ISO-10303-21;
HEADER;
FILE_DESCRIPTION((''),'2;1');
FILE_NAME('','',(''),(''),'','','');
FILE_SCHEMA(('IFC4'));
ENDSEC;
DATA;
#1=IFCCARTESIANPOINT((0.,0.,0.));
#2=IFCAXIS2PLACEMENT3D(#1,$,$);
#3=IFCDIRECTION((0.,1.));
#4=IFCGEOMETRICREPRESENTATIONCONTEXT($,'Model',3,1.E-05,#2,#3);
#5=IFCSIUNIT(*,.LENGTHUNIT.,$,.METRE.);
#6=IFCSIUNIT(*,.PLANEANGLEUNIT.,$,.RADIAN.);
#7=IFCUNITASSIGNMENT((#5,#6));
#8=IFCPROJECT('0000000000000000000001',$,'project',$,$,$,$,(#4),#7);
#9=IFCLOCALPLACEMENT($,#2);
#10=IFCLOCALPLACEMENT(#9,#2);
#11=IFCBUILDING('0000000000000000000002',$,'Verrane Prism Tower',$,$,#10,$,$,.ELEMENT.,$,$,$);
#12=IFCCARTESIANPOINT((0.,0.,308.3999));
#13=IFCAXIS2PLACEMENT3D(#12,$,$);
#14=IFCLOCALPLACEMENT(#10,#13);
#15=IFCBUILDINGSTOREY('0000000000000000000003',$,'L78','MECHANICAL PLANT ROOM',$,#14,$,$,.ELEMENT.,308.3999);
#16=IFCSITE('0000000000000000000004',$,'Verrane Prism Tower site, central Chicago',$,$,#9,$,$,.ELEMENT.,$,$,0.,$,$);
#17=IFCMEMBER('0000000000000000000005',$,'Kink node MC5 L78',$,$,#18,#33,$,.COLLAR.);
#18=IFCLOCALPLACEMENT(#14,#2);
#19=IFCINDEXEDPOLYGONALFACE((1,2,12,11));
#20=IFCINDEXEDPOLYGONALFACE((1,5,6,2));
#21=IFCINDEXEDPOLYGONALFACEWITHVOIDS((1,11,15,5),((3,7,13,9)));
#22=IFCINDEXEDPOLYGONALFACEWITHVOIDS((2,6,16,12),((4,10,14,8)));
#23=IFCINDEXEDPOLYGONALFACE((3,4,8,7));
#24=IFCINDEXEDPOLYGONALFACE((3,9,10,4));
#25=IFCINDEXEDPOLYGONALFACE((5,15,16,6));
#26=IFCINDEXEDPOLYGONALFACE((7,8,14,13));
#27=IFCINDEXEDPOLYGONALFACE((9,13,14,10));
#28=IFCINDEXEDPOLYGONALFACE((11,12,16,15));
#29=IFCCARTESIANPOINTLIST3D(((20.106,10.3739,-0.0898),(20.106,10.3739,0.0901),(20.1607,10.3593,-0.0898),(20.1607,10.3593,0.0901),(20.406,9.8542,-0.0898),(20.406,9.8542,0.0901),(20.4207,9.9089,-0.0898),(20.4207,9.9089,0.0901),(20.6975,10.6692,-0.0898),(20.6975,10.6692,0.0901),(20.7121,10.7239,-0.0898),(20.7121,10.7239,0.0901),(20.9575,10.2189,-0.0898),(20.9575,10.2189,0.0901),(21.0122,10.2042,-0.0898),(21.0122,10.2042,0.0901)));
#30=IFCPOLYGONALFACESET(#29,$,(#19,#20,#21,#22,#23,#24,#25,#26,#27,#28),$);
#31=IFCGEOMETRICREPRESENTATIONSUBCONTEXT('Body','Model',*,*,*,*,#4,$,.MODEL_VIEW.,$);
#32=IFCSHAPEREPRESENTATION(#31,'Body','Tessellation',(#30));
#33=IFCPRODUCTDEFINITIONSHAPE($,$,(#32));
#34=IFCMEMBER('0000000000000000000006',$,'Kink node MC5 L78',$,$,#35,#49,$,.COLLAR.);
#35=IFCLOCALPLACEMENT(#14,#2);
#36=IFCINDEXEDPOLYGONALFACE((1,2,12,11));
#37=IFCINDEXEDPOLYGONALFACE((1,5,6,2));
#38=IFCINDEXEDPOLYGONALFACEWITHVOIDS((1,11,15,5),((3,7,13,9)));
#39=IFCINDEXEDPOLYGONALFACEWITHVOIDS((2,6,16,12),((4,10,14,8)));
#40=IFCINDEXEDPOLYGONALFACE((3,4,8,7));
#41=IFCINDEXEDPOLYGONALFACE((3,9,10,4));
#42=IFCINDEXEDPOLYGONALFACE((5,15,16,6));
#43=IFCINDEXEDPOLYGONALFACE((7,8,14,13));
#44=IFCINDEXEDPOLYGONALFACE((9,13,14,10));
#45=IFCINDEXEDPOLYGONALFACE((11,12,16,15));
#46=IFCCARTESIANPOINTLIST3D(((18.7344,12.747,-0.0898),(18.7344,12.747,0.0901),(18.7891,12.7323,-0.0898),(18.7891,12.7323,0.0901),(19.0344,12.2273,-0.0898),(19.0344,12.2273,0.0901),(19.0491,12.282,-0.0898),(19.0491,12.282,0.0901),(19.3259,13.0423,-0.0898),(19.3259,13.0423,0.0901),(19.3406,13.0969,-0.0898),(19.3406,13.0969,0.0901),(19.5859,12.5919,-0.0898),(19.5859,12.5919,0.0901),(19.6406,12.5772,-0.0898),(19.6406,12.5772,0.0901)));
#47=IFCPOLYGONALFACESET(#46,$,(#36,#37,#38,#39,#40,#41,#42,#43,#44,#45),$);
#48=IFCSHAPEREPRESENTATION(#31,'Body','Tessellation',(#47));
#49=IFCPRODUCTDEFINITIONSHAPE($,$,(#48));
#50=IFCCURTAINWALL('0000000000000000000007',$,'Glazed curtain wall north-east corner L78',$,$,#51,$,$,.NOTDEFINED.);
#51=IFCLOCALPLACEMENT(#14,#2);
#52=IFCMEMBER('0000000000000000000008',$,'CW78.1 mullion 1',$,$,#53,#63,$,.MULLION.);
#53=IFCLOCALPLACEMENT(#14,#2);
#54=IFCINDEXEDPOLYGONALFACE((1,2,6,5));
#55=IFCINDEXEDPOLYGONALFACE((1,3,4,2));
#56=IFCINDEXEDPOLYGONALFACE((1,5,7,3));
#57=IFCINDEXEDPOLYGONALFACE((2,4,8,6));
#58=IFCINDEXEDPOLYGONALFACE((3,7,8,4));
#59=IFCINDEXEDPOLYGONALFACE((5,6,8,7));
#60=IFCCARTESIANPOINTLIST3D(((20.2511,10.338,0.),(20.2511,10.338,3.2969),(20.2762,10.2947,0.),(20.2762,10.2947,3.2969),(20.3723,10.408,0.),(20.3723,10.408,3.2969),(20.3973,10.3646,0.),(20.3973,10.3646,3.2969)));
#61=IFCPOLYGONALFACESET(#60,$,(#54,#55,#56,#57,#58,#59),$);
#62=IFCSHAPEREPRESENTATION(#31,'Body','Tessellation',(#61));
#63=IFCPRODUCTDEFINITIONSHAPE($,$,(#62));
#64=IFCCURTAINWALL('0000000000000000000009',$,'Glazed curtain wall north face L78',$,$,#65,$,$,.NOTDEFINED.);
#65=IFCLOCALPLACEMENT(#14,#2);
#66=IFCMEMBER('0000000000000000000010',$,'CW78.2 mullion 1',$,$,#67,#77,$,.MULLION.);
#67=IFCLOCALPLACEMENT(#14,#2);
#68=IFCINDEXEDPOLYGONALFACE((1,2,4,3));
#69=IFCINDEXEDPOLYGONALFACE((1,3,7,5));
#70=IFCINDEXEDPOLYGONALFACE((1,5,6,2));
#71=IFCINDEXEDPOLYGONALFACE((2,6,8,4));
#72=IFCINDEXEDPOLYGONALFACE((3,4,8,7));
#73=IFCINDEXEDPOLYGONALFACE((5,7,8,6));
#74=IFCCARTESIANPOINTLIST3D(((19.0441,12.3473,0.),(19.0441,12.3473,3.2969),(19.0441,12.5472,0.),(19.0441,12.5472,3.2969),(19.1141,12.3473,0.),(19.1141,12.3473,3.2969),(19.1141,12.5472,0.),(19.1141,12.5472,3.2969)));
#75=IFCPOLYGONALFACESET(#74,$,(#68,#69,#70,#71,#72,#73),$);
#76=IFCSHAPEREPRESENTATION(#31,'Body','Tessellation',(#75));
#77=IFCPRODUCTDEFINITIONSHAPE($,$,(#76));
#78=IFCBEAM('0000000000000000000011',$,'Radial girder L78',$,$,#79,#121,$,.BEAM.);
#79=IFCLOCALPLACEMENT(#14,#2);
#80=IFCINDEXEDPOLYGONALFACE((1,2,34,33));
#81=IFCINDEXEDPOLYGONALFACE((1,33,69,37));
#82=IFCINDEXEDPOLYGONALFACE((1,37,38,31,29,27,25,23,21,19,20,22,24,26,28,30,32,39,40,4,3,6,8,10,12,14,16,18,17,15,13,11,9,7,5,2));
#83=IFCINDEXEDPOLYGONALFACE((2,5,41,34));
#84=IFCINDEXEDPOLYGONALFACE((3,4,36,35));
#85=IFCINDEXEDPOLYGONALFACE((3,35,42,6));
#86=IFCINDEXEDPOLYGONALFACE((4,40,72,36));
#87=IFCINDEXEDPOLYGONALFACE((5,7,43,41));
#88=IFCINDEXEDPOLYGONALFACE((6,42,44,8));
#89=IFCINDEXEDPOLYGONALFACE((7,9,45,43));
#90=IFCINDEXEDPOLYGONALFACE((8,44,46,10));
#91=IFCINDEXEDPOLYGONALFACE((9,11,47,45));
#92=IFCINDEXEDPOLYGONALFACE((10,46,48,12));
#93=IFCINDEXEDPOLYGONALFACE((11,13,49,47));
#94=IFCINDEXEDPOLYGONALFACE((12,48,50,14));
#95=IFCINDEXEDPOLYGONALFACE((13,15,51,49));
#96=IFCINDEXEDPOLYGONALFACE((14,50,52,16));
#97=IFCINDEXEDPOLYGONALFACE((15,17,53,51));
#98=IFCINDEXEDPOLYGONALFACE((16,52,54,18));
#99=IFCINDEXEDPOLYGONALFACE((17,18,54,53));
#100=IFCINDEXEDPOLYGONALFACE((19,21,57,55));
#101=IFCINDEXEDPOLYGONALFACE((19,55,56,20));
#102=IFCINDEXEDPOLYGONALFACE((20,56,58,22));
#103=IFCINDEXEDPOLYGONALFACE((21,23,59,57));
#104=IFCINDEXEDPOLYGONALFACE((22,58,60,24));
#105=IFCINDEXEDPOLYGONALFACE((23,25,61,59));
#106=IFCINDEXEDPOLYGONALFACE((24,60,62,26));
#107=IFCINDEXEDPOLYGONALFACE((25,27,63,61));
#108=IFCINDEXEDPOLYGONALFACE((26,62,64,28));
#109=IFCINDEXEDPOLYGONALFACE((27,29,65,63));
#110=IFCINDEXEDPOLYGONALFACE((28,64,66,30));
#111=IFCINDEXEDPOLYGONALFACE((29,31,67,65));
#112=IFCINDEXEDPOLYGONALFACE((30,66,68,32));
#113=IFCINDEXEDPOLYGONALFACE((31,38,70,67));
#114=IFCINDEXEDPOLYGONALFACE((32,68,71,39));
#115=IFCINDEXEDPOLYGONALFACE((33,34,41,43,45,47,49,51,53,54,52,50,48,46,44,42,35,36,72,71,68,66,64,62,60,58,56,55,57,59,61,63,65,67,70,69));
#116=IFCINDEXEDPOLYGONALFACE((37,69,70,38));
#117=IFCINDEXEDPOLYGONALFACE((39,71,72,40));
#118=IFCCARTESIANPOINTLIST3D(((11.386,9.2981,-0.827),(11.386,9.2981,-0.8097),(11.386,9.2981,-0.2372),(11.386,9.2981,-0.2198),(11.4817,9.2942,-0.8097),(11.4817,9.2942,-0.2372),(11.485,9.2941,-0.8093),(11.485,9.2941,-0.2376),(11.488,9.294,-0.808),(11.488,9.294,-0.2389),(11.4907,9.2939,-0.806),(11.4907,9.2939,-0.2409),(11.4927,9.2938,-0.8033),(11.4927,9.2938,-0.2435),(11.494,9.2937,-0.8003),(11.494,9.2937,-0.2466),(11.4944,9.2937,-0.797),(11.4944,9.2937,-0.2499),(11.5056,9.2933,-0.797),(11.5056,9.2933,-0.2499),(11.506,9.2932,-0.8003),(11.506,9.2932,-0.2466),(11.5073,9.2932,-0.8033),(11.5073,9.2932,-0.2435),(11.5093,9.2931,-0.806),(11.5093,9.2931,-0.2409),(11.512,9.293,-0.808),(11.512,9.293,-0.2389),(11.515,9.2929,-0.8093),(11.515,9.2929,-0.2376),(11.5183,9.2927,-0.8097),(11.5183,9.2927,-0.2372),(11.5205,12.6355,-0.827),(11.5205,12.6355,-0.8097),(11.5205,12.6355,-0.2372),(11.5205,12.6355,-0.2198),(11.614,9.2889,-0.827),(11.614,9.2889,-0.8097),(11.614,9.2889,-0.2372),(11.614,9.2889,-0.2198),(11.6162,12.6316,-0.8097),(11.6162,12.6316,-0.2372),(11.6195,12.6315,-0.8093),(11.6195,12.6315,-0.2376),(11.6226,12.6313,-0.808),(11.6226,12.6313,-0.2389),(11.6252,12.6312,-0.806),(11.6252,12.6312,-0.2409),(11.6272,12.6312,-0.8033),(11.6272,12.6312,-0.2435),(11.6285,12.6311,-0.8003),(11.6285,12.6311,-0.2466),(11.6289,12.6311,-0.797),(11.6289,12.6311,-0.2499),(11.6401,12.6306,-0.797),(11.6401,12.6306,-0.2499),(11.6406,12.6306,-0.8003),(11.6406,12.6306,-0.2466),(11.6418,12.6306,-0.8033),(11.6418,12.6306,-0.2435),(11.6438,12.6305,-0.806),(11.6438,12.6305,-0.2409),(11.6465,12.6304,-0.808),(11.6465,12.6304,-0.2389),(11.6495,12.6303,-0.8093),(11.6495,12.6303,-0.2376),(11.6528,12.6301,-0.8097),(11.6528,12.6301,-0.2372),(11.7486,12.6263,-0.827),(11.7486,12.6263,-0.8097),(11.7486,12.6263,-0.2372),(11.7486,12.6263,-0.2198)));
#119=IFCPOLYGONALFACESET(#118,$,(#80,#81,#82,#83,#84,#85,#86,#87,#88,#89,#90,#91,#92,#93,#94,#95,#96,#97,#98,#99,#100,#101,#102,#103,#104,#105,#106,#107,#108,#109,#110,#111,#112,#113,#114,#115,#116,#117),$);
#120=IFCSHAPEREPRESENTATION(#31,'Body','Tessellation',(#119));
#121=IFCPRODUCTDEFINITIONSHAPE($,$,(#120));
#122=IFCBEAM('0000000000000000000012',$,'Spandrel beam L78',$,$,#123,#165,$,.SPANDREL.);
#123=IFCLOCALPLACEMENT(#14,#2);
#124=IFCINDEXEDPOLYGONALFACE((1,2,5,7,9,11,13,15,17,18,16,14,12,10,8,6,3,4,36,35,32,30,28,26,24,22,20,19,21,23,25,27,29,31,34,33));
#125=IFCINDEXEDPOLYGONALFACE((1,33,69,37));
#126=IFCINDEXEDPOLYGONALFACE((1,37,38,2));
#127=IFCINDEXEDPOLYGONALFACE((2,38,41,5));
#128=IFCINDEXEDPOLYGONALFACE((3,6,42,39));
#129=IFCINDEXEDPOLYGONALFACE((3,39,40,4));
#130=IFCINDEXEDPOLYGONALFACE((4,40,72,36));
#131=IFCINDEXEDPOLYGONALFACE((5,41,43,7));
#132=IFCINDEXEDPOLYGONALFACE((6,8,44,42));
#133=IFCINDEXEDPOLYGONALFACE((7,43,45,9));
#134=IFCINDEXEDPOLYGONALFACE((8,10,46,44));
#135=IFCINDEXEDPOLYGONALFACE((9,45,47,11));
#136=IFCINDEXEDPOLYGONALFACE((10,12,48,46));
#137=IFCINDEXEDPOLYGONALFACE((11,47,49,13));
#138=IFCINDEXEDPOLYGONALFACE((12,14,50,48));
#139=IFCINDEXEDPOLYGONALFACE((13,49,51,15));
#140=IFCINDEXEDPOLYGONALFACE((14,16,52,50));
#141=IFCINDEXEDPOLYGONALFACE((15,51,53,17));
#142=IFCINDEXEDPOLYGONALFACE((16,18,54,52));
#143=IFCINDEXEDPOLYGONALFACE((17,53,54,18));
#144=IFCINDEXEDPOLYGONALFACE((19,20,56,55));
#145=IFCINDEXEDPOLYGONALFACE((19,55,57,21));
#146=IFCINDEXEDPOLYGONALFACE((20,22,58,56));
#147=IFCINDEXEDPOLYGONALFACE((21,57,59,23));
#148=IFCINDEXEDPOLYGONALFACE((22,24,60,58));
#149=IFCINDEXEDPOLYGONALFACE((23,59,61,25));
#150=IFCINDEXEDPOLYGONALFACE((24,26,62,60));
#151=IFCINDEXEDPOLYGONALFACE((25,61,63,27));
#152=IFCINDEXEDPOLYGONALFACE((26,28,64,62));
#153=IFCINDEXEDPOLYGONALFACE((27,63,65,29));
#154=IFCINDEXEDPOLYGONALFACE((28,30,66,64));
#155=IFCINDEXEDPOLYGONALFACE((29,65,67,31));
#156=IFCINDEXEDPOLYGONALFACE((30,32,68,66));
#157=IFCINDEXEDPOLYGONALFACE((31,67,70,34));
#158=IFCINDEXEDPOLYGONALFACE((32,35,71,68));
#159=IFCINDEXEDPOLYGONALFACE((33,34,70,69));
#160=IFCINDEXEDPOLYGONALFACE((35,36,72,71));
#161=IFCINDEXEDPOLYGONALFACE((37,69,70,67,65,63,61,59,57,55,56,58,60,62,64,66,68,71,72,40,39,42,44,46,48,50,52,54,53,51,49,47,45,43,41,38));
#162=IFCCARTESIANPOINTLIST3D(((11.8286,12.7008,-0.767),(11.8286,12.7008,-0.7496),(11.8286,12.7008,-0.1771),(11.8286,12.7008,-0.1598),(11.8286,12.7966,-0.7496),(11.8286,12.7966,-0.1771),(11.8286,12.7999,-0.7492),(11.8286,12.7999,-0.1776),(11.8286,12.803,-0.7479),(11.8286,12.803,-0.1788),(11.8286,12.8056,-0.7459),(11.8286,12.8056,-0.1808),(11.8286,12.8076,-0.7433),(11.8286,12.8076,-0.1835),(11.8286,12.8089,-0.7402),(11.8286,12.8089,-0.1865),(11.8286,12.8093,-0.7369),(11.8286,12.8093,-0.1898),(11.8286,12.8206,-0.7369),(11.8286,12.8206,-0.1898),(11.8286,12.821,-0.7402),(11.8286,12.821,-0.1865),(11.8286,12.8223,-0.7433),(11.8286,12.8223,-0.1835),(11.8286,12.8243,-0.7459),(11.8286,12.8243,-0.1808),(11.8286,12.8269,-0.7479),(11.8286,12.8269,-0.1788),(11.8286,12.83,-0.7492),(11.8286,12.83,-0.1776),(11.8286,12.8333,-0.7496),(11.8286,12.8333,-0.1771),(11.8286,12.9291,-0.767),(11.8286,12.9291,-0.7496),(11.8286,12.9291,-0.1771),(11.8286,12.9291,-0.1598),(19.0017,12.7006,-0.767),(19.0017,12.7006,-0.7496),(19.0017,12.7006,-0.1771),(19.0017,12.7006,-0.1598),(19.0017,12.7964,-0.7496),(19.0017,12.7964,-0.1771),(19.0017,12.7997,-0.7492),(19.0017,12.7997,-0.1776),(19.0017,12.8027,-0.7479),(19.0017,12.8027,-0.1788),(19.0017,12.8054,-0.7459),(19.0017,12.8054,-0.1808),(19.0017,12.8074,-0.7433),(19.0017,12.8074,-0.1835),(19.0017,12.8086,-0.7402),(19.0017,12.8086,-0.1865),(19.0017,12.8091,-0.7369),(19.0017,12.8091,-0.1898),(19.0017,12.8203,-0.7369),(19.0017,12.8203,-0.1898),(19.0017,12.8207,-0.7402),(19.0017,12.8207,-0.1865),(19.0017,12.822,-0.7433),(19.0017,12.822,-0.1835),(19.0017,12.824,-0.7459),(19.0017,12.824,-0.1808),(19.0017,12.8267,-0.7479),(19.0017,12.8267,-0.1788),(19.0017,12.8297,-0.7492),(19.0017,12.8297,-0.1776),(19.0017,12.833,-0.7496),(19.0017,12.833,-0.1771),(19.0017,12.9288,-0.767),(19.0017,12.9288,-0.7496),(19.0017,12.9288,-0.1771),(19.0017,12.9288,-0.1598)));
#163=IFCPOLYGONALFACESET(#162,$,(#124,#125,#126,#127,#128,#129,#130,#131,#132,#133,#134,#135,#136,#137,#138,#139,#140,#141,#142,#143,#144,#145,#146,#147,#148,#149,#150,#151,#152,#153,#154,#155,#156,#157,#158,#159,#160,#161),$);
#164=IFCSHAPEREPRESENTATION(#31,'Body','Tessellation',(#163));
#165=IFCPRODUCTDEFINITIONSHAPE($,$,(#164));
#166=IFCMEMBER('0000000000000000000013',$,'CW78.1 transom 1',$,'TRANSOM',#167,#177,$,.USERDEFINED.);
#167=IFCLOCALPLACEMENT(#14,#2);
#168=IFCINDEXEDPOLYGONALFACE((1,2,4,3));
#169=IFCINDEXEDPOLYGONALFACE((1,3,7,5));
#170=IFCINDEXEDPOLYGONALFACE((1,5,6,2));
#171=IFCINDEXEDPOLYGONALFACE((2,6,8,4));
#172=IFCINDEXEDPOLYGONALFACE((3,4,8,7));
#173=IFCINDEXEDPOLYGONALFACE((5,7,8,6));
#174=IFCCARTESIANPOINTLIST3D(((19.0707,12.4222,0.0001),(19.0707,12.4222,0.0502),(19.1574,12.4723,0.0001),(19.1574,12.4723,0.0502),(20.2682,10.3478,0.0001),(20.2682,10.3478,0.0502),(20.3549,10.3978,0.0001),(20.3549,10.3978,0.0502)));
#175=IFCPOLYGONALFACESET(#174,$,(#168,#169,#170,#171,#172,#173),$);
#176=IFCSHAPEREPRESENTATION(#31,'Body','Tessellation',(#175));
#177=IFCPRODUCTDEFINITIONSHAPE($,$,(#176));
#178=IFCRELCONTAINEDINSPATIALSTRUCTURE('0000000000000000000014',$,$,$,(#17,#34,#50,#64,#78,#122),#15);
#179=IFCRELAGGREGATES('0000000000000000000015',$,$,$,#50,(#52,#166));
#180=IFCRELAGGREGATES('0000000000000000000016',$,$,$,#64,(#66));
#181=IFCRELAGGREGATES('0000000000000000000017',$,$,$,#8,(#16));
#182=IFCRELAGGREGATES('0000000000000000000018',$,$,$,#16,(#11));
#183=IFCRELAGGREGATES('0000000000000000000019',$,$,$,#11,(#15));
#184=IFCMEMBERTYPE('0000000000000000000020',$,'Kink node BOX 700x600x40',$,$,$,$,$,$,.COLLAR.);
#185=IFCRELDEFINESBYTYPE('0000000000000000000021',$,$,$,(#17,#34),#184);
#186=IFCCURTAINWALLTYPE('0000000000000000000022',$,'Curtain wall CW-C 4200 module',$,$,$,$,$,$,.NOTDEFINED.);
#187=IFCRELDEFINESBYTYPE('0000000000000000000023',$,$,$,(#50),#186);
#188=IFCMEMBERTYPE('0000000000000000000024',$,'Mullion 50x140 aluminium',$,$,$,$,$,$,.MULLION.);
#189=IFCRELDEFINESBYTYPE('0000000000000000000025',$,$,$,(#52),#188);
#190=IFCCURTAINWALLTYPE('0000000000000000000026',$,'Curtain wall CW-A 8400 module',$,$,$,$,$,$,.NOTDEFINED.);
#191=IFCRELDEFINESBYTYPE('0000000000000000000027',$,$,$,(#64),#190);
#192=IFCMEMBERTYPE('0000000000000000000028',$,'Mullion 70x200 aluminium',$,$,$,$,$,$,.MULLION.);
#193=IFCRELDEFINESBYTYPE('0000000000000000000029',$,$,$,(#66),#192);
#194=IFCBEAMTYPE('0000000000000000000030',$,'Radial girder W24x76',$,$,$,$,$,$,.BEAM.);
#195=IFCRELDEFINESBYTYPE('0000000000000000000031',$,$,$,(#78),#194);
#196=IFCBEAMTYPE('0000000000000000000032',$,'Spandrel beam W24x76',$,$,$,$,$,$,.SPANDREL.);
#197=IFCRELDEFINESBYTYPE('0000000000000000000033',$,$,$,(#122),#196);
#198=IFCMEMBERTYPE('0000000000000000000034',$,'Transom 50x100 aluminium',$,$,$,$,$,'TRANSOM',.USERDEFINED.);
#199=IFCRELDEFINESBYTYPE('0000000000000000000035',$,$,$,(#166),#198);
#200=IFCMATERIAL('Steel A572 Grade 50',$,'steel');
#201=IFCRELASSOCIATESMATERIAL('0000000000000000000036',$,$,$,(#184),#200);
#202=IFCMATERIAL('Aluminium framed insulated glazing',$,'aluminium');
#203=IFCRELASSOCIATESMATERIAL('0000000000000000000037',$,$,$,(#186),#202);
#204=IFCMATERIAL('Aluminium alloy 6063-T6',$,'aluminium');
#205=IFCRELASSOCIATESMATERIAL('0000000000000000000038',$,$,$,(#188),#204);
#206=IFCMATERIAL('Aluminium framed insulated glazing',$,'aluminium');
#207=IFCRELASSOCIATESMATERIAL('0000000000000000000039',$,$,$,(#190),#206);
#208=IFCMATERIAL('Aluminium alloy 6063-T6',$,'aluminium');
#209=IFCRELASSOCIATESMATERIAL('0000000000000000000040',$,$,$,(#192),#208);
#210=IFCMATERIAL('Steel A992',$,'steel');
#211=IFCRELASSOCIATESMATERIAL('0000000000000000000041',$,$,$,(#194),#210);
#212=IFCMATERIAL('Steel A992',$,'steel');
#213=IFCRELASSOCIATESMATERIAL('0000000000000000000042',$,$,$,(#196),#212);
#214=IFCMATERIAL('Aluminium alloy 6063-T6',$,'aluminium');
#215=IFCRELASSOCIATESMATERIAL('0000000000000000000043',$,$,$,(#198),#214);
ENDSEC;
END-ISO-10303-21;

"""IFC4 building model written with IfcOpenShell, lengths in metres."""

from ifc_helpers import new_model, si_unit, direction, frame, origin, origin_2d, place, context, subcontext, project, spatial, rectangle, hollow_rectangle, i_section, extrude, material, material_profile, profile_set, type_object, element, aggregate, save


model = new_model("IFC4")

# Units and contexts
model_context = context("Model", 3, precision=1e-05, world=origin(), true_north=direction((0.0, 1.0)))
body_context = subcontext(model_context, "Body", "Model", "MODEL_VIEW")
ifc_project = project(units=[si_unit("LENGTHUNIT", "METRE"), si_unit("PLANEANGLEUNIT", "RADIAN")], contexts=[model_context])

# Site, building, storey
site_placement = place(None, origin())
site = spatial("IfcSite", under=ifc_project, at=site_placement, Name="Verrane Prism Tower site, central Chicago", CompositionType="ELEMENT", RefElevation=0.0)
building_placement = place(site_placement, origin())
building = spatial("IfcBuilding", under=site, at=building_placement, Name="Verrane Prism Tower", CompositionType="ELEMENT")
storey_placement = place(building_placement, frame((0.0, 0.0, 308.3999)))
storey = spatial("IfcBuildingStorey", under=building, at=storey_placement, Name="L78", Description="MECHANICAL PLANT ROOM", CompositionType="ELEMENT", Elevation=308.3999)

# Members
ifc_material_1 = material(Name="Steel A572 Grade 50", Category="steel")
ifc_material_profile_1 = material_profile(ifc_material_1, hollow_rectangle(XDim=0.6001, YDim=0.7, WallThickness=0.04, at=origin_2d()), Name="BOX 700x600x40")
ifc_profile_set_1 = profile_set([ifc_material_profile_1], Name="Steel A572 Grade 50")
member_type_1 = type_object("IfcMemberType", Name="Kink node BOX 700x600x40", PredefinedType="COLLAR", material=ifc_profile_set_1)
for number, where, z_axis, x_axis, name in (
    (1, (20.5591, 10.2891, -0.0898), (0.0, 0.0, 1.0), (0.5, -0.866025, 0.0), "Kink node MC5 L78"),
    (2, (19.1875, 12.6621, -0.0898), (0.0, 0.0, 1.0), (0.5, -0.866025, 0.0), "Kink node MC5 L78"),
):
    element("IfcMember", number, at=place(storey_placement, frame(where, z_axis=z_axis, x_axis=x_axis)), inside=storey, type_object=member_type_1, Name=name, PredefinedType="COLLAR", context=body_context, shape_type="SweptSolid", body=[
        extrude(hollow_rectangle(XDim=0.6001, YDim=0.7, WallThickness=0.04, at=origin_2d()), origin(), (0.0, 0.0, 1.0), 0.1799),
    ])

# Curtain walls, members
ifc_material_2 = material(Name="Aluminium framed insulated glazing", Category="aluminium")
curtain_wall_type_1 = type_object("IfcCurtainWallType", Name="Curtain wall CW-C 4200 module", PredefinedType="NOTDEFINED", material=ifc_material_2)
curtain_wall_1_placement = place(storey_placement, origin())
curtain_wall_1 = element("IfcCurtainWall", 3, at=curtain_wall_1_placement, inside=storey, type_object=curtain_wall_type_1, Name="Glazed curtain wall north-east corner L78", PredefinedType="NOTDEFINED")
ifc_material_3 = material(Name="Aluminium alloy 6063-T6", Category="aluminium")
ifc_material_profile_2 = material_profile(ifc_material_3, rectangle(XDim=0.1399, YDim=0.05, at=origin_2d()), Name="Mullion 50x140 aluminium")
ifc_profile_set_2 = profile_set([ifc_material_profile_2], Name="Aluminium alloy 6063-T6")
member_type_2 = type_object("IfcMemberType", Name="Mullion 50x140 aluminium", PredefinedType="MULLION", material=ifc_profile_set_2)
member_1_placement = place(storey_placement, frame((20.3242, 10.3513, 0.0), z_axis=(0.0, 0.0, 1.0), x_axis=(-0.866025, -0.500001, 0.0)))
member_1 = element("IfcMember", 4, at=member_1_placement, type_object=member_type_2, Name="CW78.1 mullion 1", PredefinedType="MULLION", context=body_context, shape_type="SweptSolid", body=[
    extrude(rectangle(XDim=0.1399, YDim=0.05, at=origin_2d()), origin(), (0.0, 0.0, 1.0), 3.2969),
])
ifc_material_4 = material(Name="Aluminium framed insulated glazing", Category="aluminium")
curtain_wall_type_2 = type_object("IfcCurtainWallType", Name="Curtain wall CW-A 8400 module", PredefinedType="NOTDEFINED", material=ifc_material_4)
curtain_wall_2_placement = place(storey_placement, origin())
curtain_wall_2 = element("IfcCurtainWall", 5, at=curtain_wall_2_placement, inside=storey, type_object=curtain_wall_type_2, Name="Glazed curtain wall north face L78", PredefinedType="NOTDEFINED")
ifc_material_5 = material(Name="Aluminium alloy 6063-T6", Category="aluminium")
ifc_material_profile_3 = material_profile(ifc_material_5, rectangle(XDim=0.2, YDim=0.0701, at=origin_2d()), Name="Mullion 70x200 aluminium")
ifc_profile_set_3 = profile_set([ifc_material_profile_3], Name="Aluminium alloy 6063-T6")
member_type_3 = type_object("IfcMemberType", Name="Mullion 70x200 aluminium", PredefinedType="MULLION", material=ifc_profile_set_3)
member_2_placement = place(storey_placement, frame((19.0791, 12.4473, 0.0), z_axis=(0.0, 0.0, 1.0), x_axis=(0.0, -1.0, 0.0)))
member_2 = element("IfcMember", 6, at=member_2_placement, type_object=member_type_3, Name="CW78.2 mullion 1", PredefinedType="MULLION", context=body_context, shape_type="SweptSolid", body=[
    extrude(rectangle(XDim=0.2, YDim=0.0701, at=origin_2d()), origin(), (0.0, 0.0, 1.0), 3.2969),
])

# Beams
ifc_material_6 = material(Name="Steel A992", Category="steel")
ifc_material_profile_4 = material_profile(ifc_material_6, i_section(OverallWidth=0.2283, OverallDepth=0.6072, WebThickness=0.0112, FlangeThickness=0.0173, FilletRadius=0.0127, at=origin_2d()), Name="W24x76")
ifc_profile_set_4 = profile_set([ifc_material_profile_4], Name="Steel A992")
beam_type_1 = type_object("IfcBeamType", Name="Radial girder W24x76", PredefinedType="BEAM", material=ifc_profile_set_4)
beam_1_placement = place(storey_placement, frame((11.6345, 12.6309, -0.5234), z_axis=(-0.040275, -0.999189, 0.0), x_axis=(0.999189, -0.040275, 0.0)))
element("IfcBeam", 7, at=beam_1_placement, inside=storey, type_object=beam_type_1, Name="Radial girder L78", PredefinedType="BEAM", context=body_context, shape_type="SweptSolid", body=[
    extrude(i_section(OverallWidth=0.2283, OverallDepth=0.6072, WebThickness=0.0112, FlangeThickness=0.0173, FilletRadius=0.0127, at=origin_2d()), origin(), (0.0, 0.0, 1.0), 3.3401),
])
ifc_material_7 = material(Name="Steel A992", Category="steel")
ifc_material_profile_5 = material_profile(ifc_material_7, i_section(OverallWidth=0.2283, OverallDepth=0.6072, WebThickness=0.0112, FlangeThickness=0.0173, FilletRadius=0.0127, at=origin_2d()), Name="W24x76")
ifc_profile_set_5 = profile_set([ifc_material_profile_5], Name="Steel A992")
beam_type_2 = type_object("IfcBeamType", Name="Spandrel beam W24x76", PredefinedType="SPANDREL", material=ifc_profile_set_5)
beam_2_placement = place(storey_placement, frame((19.0017, 12.8147, -0.4634), z_axis=(-1.0, 0.000034, 0.0), x_axis=(-0.000034, -1.0, 0.0)))
element("IfcBeam", 8, at=beam_2_placement, inside=storey, type_object=beam_type_2, Name="Spandrel beam L78", PredefinedType="SPANDREL", context=body_context, shape_type="SweptSolid", body=[
    extrude(i_section(OverallWidth=0.2283, OverallDepth=0.6072, WebThickness=0.0112, FlangeThickness=0.0173, FilletRadius=0.0127, at=origin_2d()), origin(), (0.0, 0.0, 1.0), 7.1731),
])

# Member
ifc_material_8 = material(Name="Aluminium alloy 6063-T6", Category="aluminium")
ifc_material_profile_6 = material_profile(ifc_material_8, rectangle(XDim=0.1001, YDim=0.05, at=origin_2d()), Name="Transom 50x100 aluminium")
ifc_profile_set_6 = profile_set([ifc_material_profile_6], Name="Aluminium alloy 6063-T6")
member_type_4 = type_object("IfcMemberType", Name="Transom 50x100 aluminium", ElementType="TRANSOM", PredefinedType="USERDEFINED", material=ifc_profile_set_6)
member_3_placement = place(storey_placement, frame((20.3115, 10.3728, 0.0251), z_axis=(-0.499943, 0.866058, 0.0), x_axis=(-0.866058, -0.499943, 0.0)))
member_3 = element("IfcMember", 9, at=member_3_placement, type_object=member_type_4, Name="CW78.1 transom 1", ObjectType="TRANSOM", PredefinedType="USERDEFINED", context=body_context, shape_type="SweptSolid", body=[
    extrude(rectangle(XDim=0.1001, YDim=0.05, at=origin_2d()), origin(), (0.0, 0.0, 1.0), 2.3953),
])

aggregate(curtain_wall_1, [member_1, member_3])
aggregate(curtain_wall_2, [member_2])

save(model, "model.ifc")
